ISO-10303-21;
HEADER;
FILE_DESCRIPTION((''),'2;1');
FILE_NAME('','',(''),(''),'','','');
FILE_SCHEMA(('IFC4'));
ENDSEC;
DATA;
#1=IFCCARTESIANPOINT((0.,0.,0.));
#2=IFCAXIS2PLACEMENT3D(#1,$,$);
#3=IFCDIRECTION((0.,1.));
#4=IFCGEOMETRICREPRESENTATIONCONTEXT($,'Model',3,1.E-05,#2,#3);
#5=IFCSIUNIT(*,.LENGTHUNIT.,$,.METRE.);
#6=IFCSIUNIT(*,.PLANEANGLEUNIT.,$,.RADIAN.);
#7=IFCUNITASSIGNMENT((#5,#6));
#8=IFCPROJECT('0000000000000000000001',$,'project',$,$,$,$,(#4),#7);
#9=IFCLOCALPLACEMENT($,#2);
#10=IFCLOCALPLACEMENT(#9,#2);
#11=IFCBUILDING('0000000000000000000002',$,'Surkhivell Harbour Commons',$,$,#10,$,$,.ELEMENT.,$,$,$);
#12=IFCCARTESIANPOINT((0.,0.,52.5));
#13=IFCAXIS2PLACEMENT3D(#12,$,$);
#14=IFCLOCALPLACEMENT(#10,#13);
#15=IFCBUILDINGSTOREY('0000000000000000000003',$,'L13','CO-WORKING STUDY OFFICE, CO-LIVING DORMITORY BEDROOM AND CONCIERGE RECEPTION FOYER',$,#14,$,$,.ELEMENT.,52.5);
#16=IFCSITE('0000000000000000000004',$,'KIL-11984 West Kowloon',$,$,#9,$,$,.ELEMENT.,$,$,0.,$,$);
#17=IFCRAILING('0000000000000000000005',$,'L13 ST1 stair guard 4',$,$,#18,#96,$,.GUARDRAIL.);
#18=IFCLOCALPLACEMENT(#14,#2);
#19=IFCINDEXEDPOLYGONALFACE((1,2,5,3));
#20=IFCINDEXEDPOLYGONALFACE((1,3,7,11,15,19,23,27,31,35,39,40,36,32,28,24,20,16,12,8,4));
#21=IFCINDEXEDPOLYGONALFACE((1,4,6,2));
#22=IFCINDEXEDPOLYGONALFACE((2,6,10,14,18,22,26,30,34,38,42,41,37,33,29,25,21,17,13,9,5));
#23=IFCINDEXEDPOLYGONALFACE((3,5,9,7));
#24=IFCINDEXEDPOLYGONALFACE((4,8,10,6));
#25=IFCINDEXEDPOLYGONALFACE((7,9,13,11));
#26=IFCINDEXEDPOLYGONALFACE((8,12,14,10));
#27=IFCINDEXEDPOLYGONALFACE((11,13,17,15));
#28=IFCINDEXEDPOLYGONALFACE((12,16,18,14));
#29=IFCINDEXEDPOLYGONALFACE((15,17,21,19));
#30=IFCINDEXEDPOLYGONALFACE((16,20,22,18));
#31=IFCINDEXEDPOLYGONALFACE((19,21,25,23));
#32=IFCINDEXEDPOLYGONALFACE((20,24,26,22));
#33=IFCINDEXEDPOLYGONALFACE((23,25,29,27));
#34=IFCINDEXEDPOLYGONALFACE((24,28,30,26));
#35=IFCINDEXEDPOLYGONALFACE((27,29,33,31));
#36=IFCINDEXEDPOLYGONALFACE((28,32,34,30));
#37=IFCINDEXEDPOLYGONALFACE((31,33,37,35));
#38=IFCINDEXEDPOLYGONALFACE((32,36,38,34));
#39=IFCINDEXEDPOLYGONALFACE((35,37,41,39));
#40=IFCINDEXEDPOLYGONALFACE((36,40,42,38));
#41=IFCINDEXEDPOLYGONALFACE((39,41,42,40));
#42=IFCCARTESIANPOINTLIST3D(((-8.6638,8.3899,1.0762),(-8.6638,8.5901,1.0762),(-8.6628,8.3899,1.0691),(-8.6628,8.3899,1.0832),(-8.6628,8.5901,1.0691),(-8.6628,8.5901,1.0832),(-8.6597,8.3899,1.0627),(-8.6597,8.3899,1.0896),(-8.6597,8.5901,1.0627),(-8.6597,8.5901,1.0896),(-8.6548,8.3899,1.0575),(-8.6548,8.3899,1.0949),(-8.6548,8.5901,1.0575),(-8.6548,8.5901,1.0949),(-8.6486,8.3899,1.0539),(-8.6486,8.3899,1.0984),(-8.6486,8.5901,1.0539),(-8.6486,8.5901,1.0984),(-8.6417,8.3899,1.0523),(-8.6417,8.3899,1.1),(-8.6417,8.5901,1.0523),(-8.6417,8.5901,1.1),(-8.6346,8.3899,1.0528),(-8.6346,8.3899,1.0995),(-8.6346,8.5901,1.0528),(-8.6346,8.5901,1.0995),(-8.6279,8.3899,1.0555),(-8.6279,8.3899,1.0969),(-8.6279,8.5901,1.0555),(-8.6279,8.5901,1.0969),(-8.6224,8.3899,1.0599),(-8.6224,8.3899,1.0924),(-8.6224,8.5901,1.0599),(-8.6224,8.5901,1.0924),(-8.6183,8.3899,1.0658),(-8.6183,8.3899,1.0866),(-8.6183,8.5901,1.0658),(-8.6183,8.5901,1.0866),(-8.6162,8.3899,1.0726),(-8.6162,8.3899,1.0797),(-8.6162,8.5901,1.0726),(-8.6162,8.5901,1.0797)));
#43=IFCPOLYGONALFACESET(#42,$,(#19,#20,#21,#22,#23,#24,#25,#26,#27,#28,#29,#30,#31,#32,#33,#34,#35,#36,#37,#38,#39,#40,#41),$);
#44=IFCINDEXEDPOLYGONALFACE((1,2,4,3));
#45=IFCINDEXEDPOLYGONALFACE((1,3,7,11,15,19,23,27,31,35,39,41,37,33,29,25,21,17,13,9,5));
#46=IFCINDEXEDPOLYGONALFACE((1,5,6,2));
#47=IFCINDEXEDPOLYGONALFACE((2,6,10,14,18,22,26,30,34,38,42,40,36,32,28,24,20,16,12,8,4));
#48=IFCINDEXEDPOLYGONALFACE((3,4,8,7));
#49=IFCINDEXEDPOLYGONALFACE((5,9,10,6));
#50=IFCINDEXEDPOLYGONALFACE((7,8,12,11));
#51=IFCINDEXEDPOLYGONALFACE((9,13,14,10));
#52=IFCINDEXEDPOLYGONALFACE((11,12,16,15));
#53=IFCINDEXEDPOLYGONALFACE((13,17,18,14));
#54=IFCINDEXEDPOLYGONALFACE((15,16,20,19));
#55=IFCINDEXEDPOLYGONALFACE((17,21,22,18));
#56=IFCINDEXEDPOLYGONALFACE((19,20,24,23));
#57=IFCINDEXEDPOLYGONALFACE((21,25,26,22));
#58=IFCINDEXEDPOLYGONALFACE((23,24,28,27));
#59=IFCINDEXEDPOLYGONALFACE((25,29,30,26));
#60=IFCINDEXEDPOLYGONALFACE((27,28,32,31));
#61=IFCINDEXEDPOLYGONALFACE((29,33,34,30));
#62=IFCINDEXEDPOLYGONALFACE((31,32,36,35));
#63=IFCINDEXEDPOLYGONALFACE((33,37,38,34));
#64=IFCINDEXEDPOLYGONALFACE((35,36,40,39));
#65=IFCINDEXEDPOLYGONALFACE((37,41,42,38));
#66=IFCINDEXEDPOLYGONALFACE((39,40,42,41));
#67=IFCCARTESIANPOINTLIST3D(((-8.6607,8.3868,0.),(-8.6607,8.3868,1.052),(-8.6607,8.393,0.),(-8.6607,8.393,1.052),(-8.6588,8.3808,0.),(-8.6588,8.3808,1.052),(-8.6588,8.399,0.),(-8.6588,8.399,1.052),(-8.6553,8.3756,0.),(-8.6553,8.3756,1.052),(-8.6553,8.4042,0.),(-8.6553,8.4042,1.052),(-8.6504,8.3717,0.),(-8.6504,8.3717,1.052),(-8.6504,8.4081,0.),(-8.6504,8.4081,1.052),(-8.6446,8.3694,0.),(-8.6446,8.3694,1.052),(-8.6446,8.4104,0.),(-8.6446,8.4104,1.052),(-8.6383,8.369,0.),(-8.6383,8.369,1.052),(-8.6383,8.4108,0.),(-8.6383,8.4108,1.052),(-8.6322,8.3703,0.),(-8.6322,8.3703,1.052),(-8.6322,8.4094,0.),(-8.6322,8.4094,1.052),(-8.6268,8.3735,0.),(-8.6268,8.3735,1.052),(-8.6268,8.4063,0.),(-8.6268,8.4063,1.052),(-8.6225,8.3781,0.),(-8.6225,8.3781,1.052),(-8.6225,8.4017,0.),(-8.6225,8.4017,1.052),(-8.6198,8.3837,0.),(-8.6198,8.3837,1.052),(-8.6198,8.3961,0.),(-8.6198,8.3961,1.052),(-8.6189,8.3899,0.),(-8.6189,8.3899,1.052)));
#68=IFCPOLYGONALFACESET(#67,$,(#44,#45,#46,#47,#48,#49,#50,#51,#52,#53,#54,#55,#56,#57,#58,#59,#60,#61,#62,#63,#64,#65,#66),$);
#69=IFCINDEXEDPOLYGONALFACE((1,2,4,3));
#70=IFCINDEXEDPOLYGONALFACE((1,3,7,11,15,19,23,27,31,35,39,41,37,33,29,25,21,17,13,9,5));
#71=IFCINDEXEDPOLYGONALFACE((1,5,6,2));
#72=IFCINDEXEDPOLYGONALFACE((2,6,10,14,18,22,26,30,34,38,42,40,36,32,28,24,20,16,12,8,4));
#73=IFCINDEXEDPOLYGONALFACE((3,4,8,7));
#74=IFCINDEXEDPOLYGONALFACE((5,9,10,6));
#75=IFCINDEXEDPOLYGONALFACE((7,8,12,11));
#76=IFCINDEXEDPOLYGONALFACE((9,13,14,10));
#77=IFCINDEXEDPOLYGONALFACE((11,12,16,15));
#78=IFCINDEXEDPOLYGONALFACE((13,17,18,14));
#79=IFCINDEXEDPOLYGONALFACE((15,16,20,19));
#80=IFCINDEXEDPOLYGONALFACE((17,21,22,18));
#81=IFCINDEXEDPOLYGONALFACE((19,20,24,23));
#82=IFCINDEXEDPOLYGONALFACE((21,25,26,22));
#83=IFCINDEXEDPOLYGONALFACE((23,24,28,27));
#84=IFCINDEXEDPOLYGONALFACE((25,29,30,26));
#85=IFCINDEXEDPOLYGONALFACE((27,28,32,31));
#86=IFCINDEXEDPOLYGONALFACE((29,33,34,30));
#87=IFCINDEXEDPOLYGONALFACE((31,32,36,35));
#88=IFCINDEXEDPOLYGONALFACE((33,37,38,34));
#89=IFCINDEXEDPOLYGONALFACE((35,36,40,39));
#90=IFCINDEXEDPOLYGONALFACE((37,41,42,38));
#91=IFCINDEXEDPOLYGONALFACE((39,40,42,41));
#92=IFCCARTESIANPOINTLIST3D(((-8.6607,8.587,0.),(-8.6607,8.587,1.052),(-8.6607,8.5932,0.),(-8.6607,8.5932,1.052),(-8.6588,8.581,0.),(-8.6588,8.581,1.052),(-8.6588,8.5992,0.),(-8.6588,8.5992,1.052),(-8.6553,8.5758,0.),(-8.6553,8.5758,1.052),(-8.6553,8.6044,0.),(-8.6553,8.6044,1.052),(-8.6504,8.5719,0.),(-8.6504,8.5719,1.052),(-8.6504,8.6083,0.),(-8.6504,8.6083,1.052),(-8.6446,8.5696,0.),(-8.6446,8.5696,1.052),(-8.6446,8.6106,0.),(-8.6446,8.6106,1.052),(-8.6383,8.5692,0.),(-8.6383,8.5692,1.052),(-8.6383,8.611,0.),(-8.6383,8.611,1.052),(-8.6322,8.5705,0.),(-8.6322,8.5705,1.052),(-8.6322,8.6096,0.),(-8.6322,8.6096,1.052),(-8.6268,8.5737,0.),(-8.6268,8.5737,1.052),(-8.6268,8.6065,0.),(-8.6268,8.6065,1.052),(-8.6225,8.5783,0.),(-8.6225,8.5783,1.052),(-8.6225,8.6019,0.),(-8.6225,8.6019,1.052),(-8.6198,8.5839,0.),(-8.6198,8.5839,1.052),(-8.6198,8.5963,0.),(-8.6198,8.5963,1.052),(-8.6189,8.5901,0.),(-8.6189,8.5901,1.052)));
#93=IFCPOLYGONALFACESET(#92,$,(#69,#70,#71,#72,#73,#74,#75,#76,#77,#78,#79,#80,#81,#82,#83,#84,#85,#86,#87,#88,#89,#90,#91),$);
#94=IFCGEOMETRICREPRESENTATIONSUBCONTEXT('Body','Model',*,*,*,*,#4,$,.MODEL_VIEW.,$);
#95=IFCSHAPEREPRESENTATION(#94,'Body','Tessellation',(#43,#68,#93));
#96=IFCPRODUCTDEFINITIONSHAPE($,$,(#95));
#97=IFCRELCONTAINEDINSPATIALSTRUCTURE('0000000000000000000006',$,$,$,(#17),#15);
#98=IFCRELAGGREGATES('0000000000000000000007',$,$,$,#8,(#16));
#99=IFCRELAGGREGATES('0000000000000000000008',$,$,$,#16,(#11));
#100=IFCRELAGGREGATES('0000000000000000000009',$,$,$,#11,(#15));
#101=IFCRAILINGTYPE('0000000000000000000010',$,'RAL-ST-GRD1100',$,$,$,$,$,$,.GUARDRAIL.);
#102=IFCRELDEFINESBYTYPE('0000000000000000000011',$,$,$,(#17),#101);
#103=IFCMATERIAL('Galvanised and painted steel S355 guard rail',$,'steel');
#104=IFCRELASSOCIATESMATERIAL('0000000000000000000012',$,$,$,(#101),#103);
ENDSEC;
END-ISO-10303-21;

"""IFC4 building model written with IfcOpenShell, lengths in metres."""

from ifc_helpers import new_model, si_unit, direction, frame, origin, origin_2d, place, context, subcontext, project, spatial, circle, extrude, material, type_object, element, save


model = new_model("IFC4")

# Units and contexts
model_context = context("Model", 3, precision=1e-05, world=origin(), true_north=direction((0.0, 1.0)))
body_context = subcontext(model_context, "Body", "Model", "MODEL_VIEW")
ifc_project = project(units=[si_unit("LENGTHUNIT", "METRE"), si_unit("PLANEANGLEUNIT", "RADIAN")], contexts=[model_context])

# Site, building, storey
site_placement = place(None, origin())
site = spatial("IfcSite", under=ifc_project, at=site_placement, Name="KIL-11984 West Kowloon", CompositionType="ELEMENT", RefElevation=0.0)
building_placement = place(site_placement, origin())
building = spatial("IfcBuilding", under=site, at=building_placement, Name="Surkhivell Harbour Commons", CompositionType="ELEMENT")
storey_placement = place(building_placement, frame((0.0, 0.0, 52.5)))
storey = spatial("IfcBuildingStorey", under=building, at=storey_placement, Name="L13", Description="CO-WORKING STUDY OFFICE, CO-LIVING DORMITORY BEDROOM AND CONCIERGE RECEPTION FOYER", CompositionType="ELEMENT", Elevation=52.5)

# Railing
ifc_material_1 = material(Name="Galvanised and painted steel S355 guard rail", Category="steel")
railing_type_1 = type_object("IfcRailingType", Name="RAL-ST-GRD1100", PredefinedType="GUARDRAIL", material=ifc_material_1)
railing_1_placement = place(storey_placement, frame((-8.6399, 8.3899, 0.0)))
element("IfcRailing", 1, at=railing_1_placement, inside=storey, type_object=railing_type_1, Name="L13 ST1 stair guard 4", PredefinedType="GUARDRAIL", context=body_context, shape_type="SweptSolid", body=[
    extrude(circle(Radius=0.0239, at=origin_2d()), frame((0.0, 0.0, 1.0762), z_axis=(0.0, 1.0, 0.0), x_axis=(-1.0, 0.0, 0.0)), (0.0, 0.0, 1.0), 0.2002),
    extrude(circle(Radius=0.021, at=origin_2d()), origin(), (0.0, 0.0, 1.0), 1.052),
    extrude(circle(Radius=0.021, at=origin_2d()), frame((0.0, 0.2002, 0.0)), (0.0, 0.0, 1.0), 1.052),
])

save(model, "model.ifc")
